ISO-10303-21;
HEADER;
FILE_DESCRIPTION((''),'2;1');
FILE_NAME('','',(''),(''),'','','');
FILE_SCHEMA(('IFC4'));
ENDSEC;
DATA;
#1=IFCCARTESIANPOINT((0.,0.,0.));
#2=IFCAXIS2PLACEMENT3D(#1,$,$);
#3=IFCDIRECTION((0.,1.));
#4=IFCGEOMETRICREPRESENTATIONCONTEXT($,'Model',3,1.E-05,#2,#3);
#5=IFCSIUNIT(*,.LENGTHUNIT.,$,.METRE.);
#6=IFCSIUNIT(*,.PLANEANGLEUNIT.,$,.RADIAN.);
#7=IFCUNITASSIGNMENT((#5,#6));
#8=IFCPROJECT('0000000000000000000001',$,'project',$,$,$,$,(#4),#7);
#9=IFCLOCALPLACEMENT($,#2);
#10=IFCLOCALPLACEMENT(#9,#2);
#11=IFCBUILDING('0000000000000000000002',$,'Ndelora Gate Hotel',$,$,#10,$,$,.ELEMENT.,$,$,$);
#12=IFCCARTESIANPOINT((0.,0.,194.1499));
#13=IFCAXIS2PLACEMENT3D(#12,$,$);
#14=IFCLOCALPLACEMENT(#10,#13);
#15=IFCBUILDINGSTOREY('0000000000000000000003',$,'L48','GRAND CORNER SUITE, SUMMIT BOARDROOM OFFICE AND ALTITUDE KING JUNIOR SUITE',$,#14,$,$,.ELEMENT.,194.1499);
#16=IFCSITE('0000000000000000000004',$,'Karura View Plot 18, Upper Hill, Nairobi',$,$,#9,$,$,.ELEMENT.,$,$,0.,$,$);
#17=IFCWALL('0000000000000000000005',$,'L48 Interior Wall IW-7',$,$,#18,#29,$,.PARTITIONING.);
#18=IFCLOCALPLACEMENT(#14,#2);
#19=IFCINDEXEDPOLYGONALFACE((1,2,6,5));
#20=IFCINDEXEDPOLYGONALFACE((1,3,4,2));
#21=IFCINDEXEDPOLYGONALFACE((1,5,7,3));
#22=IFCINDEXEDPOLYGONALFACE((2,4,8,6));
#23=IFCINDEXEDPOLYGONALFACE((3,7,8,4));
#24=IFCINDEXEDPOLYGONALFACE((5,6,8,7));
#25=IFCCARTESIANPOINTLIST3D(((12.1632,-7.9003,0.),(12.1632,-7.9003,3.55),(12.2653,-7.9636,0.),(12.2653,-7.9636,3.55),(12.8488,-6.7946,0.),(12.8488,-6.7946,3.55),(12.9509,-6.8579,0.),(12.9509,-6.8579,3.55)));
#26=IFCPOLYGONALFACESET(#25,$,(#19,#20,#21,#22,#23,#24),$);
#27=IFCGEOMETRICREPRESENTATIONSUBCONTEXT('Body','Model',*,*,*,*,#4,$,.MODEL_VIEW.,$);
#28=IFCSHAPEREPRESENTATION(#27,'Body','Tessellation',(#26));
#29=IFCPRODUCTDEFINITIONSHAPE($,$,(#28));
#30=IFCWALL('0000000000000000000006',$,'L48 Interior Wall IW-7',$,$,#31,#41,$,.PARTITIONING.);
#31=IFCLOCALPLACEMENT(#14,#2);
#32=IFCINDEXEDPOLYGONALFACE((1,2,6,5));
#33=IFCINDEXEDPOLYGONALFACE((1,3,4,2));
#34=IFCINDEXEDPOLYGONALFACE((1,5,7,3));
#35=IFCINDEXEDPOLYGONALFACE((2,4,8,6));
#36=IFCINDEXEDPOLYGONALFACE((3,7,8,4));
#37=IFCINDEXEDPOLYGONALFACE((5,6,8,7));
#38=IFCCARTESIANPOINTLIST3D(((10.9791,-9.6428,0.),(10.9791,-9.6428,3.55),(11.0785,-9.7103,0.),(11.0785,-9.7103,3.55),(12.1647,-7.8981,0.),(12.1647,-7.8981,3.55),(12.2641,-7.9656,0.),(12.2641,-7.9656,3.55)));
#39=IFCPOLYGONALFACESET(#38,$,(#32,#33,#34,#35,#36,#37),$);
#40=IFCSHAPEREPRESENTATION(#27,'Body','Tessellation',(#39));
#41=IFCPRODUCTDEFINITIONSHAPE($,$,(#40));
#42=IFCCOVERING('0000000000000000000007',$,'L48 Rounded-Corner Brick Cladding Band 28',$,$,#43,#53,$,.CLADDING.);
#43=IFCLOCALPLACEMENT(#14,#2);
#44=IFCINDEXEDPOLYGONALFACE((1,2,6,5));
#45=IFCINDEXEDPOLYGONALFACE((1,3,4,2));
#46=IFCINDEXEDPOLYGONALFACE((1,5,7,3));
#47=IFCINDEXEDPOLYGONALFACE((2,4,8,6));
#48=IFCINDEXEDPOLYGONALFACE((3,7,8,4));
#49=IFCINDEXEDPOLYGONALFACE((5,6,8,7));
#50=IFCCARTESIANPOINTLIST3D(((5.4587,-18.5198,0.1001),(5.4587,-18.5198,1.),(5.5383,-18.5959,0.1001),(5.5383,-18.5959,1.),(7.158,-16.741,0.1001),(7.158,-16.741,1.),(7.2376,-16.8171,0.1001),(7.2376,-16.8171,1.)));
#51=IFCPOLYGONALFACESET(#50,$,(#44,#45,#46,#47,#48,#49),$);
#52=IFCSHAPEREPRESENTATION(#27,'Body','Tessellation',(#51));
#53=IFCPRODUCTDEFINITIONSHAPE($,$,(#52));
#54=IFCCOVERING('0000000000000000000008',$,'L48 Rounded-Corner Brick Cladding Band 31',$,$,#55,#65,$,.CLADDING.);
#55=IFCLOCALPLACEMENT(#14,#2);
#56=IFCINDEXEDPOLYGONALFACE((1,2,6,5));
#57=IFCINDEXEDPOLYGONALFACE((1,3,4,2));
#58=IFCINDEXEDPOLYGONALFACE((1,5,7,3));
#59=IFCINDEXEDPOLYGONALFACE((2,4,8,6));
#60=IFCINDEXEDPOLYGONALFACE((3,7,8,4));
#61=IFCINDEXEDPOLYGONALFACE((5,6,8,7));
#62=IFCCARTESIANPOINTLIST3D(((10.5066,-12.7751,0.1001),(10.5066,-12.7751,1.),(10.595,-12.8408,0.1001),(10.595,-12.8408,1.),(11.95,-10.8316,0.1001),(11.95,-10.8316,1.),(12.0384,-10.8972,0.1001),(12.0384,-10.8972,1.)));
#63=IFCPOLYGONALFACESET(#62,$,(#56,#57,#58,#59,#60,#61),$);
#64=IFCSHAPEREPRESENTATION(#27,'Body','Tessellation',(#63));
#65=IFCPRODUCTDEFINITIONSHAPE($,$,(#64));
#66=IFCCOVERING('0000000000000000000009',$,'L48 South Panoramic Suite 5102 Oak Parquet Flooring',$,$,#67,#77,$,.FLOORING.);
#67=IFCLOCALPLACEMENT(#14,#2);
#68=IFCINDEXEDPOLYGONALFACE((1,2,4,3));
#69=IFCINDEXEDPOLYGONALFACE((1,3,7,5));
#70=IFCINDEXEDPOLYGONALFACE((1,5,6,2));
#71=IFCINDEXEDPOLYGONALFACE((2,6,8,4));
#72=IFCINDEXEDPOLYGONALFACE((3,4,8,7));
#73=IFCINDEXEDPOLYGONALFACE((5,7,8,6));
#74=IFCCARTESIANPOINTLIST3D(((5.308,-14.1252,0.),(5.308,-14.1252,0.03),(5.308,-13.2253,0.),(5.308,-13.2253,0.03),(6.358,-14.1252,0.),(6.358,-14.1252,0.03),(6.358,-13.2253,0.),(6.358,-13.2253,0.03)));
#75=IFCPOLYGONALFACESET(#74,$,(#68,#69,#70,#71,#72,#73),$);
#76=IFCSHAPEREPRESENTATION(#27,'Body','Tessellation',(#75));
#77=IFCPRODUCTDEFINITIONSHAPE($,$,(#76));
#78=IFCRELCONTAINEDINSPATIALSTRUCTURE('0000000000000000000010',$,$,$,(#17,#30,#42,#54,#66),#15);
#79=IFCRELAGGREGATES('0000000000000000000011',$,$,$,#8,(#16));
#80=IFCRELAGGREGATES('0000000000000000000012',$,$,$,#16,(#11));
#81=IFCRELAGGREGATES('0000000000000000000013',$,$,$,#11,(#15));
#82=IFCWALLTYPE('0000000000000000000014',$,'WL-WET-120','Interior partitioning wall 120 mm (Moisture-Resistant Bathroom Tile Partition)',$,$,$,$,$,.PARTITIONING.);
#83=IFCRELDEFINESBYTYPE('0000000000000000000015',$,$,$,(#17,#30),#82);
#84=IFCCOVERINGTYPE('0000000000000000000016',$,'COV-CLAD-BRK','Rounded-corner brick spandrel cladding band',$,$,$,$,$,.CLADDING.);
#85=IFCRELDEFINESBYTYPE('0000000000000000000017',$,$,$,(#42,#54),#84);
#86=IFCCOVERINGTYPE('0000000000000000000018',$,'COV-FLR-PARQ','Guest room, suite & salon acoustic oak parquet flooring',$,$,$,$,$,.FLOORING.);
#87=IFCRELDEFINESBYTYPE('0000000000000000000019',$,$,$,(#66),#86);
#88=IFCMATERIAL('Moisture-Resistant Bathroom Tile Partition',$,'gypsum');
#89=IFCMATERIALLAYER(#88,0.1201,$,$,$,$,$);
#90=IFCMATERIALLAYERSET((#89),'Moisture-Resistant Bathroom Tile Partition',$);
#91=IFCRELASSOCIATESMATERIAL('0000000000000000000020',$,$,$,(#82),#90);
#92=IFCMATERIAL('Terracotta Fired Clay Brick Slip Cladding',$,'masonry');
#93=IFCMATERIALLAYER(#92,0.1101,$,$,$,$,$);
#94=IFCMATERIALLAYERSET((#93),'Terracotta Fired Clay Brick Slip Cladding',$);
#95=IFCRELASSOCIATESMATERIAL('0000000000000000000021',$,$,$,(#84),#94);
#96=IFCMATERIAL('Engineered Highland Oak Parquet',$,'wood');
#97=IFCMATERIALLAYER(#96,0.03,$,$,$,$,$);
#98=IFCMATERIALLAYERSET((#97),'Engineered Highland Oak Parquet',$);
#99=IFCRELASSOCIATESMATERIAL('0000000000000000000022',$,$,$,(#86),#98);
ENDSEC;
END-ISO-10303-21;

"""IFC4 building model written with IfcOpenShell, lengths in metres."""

from ifc_helpers import new_model, si_unit, direction, frame, frame_2d, origin, origin_2d, place, context, subcontext, project, spatial, rectangle, extrude, material, layer, layer_set, type_object, element, save


model = new_model("IFC4")

# Units and contexts
model_context = context("Model", 3, precision=1e-05, world=origin(), true_north=direction((0.0, 1.0)))
body_context = subcontext(model_context, "Body", "Model", "MODEL_VIEW")
ifc_project = project(units=[si_unit("LENGTHUNIT", "METRE"), si_unit("PLANEANGLEUNIT", "RADIAN")], contexts=[model_context])

# Site, building, storey
site_placement = place(None, origin())
site = spatial("IfcSite", under=ifc_project, at=site_placement, Name="Karura View Plot 18, Upper Hill, Nairobi", CompositionType="ELEMENT", RefElevation=0.0)
building_placement = place(site_placement, origin())
building = spatial("IfcBuilding", under=site, at=building_placement, Name="Ndelora Gate Hotel", CompositionType="ELEMENT")
storey_placement = place(building_placement, frame((0.0, 0.0, 194.1499)))
storey = spatial("IfcBuildingStorey", under=building, at=storey_placement, Name="L48", Description="GRAND CORNER SUITE, SUMMIT BOARDROOM OFFICE AND ALTITUDE KING JUNIOR SUITE", CompositionType="ELEMENT", Elevation=194.1499)

# Shared definitions
ifc_material_1 = material(Name="Moisture-Resistant Bathroom Tile Partition", Category="gypsum")
ifc_layer_1 = layer(ifc_material_1, 0.1201)
ifc_layer_set_1 = layer_set([ifc_layer_1], Name="Moisture-Resistant Bathroom Tile Partition")
wall_type_1 = type_object("IfcWallType", Name="WL-WET-120", Description="Interior partitioning wall 120 mm (Moisture-Resistant Bathroom Tile Partition)", PredefinedType="PARTITIONING", material=ifc_layer_set_1)

# Walls
wall_1_placement = place(storey_placement, frame((12.2144, -7.9319, 0.0), z_axis=(0.0, 0.0, 1.0), x_axis=(0.526942, 0.849901, 0.0)))
element("IfcWall", 1, at=wall_1_placement, inside=storey, type_object=wall_type_1, Name="L48 Interior Wall IW-7", PredefinedType="PARTITIONING", context=body_context, shape_type="SweptSolid", body=[
    extrude(rectangle(XDim=1.301, YDim=0.1201, at=frame_2d((0.6504, 0.0))), origin(), (0.0, 0.0, 1.0), 3.55),
])
wall_2_placement = place(storey_placement, frame((11.0288, -9.6765, 0.0), z_axis=(0.0, 0.0, 1.0), x_axis=(0.56205, 0.827103, 0.0)))
element("IfcWall", 2, at=wall_2_placement, inside=storey, type_object=wall_type_1, Name="L48 Interior Wall IW-7", PredefinedType="PARTITIONING", context=body_context, shape_type="SweptSolid", body=[
    extrude(rectangle(XDim=2.1094, YDim=0.1201, at=frame_2d((1.0547, 0.0))), origin(), (0.0, 0.0, 1.0), 3.55),
])

# Coverings
ifc_material_2 = material(Name="Terracotta Fired Clay Brick Slip Cladding", Category="masonry")
ifc_layer_2 = layer(ifc_material_2, 0.1101)
ifc_layer_set_2 = layer_set([ifc_layer_2], Name="Terracotta Fired Clay Brick Slip Cladding")
covering_type_1 = type_object("IfcCoveringType", Name="COV-CLAD-BRK", Description="Rounded-corner brick spandrel cladding band", PredefinedType="CLADDING", material=ifc_layer_set_2)
covering_1_placement = place(storey_placement, frame((6.3481, -17.6685, 0.1001), z_axis=(0.0, 0.0, 1.0), x_axis=(0.690756, 0.723088, 0.0)))
element("IfcCovering", 3, at=covering_1_placement, inside=storey, type_object=covering_type_1, Name="L48 Rounded-Corner Brick Cladding Band 28", PredefinedType="CLADDING", context=body_context, shape_type="SweptSolid", body=[
    extrude(rectangle(XDim=2.46, YDim=0.1101, at=origin_2d()), origin(), (0.0, 0.0, 1.0), 0.8999),
])
covering_2_placement = place(storey_placement, frame((11.2725, -11.8362, 0.1001), z_axis=(0.0, 0.0, 1.0), x_axis=(0.596225, 0.802817, 0.0)))
element("IfcCovering", 4, at=covering_2_placement, inside=storey, type_object=covering_type_1, Name="L48 Rounded-Corner Brick Cladding Band 31", PredefinedType="CLADDING", context=body_context, shape_type="SweptSolid", body=[
    extrude(rectangle(XDim=2.4209, YDim=0.1101, at=origin_2d()), origin(), (0.0, 0.0, 1.0), 0.8999),
])
ifc_material_3 = material(Name="Engineered Highland Oak Parquet", Category="wood")
ifc_layer_3 = layer(ifc_material_3, 0.03)
ifc_layer_set_3 = layer_set([ifc_layer_3], Name="Engineered Highland Oak Parquet")
covering_type_2 = type_object("IfcCoveringType", Name="COV-FLR-PARQ", Description="Guest room, suite & salon acoustic oak parquet flooring", PredefinedType="FLOORING", material=ifc_layer_set_3)
covering_3_placement = place(storey_placement, frame((5.833, -13.6753, 0.0), z_axis=(0.0, 0.0, 1.0), x_axis=(1.0, 0.0, 0.0)))
element("IfcCovering", 5, at=covering_3_placement, inside=storey, type_object=covering_type_2, Name="L48 South Panoramic Suite 5102 Oak Parquet Flooring", PredefinedType="FLOORING", context=body_context, shape_type="SweptSolid", body=[
    extrude(rectangle(XDim=1.05, YDim=0.8999, at=origin_2d()), origin(), (0.0, 0.0, 1.0), 0.03),
])

save(model, "model.ifc")
